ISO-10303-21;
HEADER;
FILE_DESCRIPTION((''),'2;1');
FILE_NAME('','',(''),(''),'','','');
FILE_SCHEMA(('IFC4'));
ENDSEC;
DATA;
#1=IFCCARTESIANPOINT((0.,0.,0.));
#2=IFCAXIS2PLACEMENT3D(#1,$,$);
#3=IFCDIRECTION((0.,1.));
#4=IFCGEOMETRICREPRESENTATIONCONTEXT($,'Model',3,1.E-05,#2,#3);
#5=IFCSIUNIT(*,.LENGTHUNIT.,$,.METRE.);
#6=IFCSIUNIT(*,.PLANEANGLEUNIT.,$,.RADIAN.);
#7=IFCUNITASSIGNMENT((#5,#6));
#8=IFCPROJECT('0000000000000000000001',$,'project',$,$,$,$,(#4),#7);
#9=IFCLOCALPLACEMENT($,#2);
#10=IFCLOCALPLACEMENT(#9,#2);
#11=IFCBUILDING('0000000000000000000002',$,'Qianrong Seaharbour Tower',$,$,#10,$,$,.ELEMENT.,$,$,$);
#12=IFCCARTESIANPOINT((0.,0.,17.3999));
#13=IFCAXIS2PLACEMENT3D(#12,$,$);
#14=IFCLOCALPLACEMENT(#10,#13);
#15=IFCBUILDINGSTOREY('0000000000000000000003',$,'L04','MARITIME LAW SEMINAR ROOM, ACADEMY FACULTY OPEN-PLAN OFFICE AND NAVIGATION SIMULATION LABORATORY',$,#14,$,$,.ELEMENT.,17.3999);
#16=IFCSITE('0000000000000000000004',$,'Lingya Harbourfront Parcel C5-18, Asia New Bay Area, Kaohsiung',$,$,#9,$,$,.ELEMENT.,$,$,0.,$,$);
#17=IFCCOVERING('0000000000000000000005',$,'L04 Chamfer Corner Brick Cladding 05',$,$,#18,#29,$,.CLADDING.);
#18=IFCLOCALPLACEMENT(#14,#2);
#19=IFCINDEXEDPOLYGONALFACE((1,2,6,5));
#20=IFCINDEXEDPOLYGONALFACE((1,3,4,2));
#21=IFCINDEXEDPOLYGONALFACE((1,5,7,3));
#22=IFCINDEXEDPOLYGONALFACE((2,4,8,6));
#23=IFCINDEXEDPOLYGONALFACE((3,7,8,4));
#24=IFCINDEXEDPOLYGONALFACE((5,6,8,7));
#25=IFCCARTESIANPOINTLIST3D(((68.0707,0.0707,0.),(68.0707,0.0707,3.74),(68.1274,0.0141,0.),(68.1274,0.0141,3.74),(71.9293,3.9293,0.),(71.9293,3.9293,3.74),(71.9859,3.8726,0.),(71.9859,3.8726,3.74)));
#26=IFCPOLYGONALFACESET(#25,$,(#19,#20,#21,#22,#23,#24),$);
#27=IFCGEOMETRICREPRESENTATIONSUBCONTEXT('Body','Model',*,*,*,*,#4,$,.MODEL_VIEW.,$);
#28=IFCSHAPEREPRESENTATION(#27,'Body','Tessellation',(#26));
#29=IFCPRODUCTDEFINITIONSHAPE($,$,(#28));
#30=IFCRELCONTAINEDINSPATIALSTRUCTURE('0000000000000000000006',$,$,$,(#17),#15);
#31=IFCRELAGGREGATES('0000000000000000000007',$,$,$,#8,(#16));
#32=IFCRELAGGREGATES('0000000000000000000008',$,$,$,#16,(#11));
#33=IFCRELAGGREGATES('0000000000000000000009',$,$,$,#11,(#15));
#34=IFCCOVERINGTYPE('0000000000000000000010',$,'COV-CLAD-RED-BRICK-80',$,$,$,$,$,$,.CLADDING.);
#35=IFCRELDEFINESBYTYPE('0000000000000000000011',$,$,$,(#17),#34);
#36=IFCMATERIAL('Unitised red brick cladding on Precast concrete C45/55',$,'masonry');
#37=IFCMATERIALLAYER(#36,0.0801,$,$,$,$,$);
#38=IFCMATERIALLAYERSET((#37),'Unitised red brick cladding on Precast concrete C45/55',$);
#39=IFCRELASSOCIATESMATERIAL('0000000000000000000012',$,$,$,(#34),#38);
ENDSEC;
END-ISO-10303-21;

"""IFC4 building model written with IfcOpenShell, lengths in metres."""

from ifc_helpers import new_model, si_unit, direction, frame, origin, origin_2d, place, context, subcontext, project, spatial, rectangle, extrude, material, layer, layer_set, type_object, element, save


model = new_model("IFC4")

# Units and contexts
model_context = context("Model", 3, precision=1e-05, world=origin(), true_north=direction((0.0, 1.0)))
body_context = subcontext(model_context, "Body", "Model", "MODEL_VIEW")
ifc_project = project(units=[si_unit("LENGTHUNIT", "METRE"), si_unit("PLANEANGLEUNIT", "RADIAN")], contexts=[model_context])

# Site, building, storey
site_placement = place(None, origin())
site = spatial("IfcSite", under=ifc_project, at=site_placement, Name="Lingya Harbourfront Parcel C5-18, Asia New Bay Area, Kaohsiung", CompositionType="ELEMENT", RefElevation=0.0)
building_placement = place(site_placement, origin())
building = spatial("IfcBuilding", under=site, at=building_placement, Name="Qianrong Seaharbour Tower", CompositionType="ELEMENT")
storey_placement = place(building_placement, frame((0.0, 0.0, 17.3999)))
storey = spatial("IfcBuildingStorey", under=building, at=storey_placement, Name="L04", Description="MARITIME LAW SEMINAR ROOM, ACADEMY FACULTY OPEN-PLAN OFFICE AND NAVIGATION SIMULATION LABORATORY", CompositionType="ELEMENT", Elevation=17.3999)

# Covering
ifc_material_1 = material(Name="Unitised red brick cladding on Precast concrete C45/55", Category="masonry")
ifc_layer_1 = layer(ifc_material_1, 0.0801)
ifc_layer_set_1 = layer_set([ifc_layer_1], Name="Unitised red brick cladding on Precast concrete C45/55")
covering_type = type_object("IfcCoveringType", Name="COV-CLAD-RED-BRICK-80", PredefinedType="CLADDING", material=ifc_layer_set_1)
covering_placement = place(storey_placement, frame((70.0283, 1.9717, 0.0), z_axis=(0.0, 0.0, 1.0), x_axis=(-0.707107, -0.707107, 0.0)))
element("IfcCovering", 1, at=covering_placement, inside=storey, type_object=covering_type, Name="L04 Chamfer Corner Brick Cladding 05", PredefinedType="CLADDING", context=body_context, shape_type="SweptSolid", body=[
    extrude(rectangle(XDim=5.4568, YDim=0.0801, at=origin_2d()), origin(), (0.0, 0.0, 1.0), 3.74),
])

save(model, "model.ifc")
